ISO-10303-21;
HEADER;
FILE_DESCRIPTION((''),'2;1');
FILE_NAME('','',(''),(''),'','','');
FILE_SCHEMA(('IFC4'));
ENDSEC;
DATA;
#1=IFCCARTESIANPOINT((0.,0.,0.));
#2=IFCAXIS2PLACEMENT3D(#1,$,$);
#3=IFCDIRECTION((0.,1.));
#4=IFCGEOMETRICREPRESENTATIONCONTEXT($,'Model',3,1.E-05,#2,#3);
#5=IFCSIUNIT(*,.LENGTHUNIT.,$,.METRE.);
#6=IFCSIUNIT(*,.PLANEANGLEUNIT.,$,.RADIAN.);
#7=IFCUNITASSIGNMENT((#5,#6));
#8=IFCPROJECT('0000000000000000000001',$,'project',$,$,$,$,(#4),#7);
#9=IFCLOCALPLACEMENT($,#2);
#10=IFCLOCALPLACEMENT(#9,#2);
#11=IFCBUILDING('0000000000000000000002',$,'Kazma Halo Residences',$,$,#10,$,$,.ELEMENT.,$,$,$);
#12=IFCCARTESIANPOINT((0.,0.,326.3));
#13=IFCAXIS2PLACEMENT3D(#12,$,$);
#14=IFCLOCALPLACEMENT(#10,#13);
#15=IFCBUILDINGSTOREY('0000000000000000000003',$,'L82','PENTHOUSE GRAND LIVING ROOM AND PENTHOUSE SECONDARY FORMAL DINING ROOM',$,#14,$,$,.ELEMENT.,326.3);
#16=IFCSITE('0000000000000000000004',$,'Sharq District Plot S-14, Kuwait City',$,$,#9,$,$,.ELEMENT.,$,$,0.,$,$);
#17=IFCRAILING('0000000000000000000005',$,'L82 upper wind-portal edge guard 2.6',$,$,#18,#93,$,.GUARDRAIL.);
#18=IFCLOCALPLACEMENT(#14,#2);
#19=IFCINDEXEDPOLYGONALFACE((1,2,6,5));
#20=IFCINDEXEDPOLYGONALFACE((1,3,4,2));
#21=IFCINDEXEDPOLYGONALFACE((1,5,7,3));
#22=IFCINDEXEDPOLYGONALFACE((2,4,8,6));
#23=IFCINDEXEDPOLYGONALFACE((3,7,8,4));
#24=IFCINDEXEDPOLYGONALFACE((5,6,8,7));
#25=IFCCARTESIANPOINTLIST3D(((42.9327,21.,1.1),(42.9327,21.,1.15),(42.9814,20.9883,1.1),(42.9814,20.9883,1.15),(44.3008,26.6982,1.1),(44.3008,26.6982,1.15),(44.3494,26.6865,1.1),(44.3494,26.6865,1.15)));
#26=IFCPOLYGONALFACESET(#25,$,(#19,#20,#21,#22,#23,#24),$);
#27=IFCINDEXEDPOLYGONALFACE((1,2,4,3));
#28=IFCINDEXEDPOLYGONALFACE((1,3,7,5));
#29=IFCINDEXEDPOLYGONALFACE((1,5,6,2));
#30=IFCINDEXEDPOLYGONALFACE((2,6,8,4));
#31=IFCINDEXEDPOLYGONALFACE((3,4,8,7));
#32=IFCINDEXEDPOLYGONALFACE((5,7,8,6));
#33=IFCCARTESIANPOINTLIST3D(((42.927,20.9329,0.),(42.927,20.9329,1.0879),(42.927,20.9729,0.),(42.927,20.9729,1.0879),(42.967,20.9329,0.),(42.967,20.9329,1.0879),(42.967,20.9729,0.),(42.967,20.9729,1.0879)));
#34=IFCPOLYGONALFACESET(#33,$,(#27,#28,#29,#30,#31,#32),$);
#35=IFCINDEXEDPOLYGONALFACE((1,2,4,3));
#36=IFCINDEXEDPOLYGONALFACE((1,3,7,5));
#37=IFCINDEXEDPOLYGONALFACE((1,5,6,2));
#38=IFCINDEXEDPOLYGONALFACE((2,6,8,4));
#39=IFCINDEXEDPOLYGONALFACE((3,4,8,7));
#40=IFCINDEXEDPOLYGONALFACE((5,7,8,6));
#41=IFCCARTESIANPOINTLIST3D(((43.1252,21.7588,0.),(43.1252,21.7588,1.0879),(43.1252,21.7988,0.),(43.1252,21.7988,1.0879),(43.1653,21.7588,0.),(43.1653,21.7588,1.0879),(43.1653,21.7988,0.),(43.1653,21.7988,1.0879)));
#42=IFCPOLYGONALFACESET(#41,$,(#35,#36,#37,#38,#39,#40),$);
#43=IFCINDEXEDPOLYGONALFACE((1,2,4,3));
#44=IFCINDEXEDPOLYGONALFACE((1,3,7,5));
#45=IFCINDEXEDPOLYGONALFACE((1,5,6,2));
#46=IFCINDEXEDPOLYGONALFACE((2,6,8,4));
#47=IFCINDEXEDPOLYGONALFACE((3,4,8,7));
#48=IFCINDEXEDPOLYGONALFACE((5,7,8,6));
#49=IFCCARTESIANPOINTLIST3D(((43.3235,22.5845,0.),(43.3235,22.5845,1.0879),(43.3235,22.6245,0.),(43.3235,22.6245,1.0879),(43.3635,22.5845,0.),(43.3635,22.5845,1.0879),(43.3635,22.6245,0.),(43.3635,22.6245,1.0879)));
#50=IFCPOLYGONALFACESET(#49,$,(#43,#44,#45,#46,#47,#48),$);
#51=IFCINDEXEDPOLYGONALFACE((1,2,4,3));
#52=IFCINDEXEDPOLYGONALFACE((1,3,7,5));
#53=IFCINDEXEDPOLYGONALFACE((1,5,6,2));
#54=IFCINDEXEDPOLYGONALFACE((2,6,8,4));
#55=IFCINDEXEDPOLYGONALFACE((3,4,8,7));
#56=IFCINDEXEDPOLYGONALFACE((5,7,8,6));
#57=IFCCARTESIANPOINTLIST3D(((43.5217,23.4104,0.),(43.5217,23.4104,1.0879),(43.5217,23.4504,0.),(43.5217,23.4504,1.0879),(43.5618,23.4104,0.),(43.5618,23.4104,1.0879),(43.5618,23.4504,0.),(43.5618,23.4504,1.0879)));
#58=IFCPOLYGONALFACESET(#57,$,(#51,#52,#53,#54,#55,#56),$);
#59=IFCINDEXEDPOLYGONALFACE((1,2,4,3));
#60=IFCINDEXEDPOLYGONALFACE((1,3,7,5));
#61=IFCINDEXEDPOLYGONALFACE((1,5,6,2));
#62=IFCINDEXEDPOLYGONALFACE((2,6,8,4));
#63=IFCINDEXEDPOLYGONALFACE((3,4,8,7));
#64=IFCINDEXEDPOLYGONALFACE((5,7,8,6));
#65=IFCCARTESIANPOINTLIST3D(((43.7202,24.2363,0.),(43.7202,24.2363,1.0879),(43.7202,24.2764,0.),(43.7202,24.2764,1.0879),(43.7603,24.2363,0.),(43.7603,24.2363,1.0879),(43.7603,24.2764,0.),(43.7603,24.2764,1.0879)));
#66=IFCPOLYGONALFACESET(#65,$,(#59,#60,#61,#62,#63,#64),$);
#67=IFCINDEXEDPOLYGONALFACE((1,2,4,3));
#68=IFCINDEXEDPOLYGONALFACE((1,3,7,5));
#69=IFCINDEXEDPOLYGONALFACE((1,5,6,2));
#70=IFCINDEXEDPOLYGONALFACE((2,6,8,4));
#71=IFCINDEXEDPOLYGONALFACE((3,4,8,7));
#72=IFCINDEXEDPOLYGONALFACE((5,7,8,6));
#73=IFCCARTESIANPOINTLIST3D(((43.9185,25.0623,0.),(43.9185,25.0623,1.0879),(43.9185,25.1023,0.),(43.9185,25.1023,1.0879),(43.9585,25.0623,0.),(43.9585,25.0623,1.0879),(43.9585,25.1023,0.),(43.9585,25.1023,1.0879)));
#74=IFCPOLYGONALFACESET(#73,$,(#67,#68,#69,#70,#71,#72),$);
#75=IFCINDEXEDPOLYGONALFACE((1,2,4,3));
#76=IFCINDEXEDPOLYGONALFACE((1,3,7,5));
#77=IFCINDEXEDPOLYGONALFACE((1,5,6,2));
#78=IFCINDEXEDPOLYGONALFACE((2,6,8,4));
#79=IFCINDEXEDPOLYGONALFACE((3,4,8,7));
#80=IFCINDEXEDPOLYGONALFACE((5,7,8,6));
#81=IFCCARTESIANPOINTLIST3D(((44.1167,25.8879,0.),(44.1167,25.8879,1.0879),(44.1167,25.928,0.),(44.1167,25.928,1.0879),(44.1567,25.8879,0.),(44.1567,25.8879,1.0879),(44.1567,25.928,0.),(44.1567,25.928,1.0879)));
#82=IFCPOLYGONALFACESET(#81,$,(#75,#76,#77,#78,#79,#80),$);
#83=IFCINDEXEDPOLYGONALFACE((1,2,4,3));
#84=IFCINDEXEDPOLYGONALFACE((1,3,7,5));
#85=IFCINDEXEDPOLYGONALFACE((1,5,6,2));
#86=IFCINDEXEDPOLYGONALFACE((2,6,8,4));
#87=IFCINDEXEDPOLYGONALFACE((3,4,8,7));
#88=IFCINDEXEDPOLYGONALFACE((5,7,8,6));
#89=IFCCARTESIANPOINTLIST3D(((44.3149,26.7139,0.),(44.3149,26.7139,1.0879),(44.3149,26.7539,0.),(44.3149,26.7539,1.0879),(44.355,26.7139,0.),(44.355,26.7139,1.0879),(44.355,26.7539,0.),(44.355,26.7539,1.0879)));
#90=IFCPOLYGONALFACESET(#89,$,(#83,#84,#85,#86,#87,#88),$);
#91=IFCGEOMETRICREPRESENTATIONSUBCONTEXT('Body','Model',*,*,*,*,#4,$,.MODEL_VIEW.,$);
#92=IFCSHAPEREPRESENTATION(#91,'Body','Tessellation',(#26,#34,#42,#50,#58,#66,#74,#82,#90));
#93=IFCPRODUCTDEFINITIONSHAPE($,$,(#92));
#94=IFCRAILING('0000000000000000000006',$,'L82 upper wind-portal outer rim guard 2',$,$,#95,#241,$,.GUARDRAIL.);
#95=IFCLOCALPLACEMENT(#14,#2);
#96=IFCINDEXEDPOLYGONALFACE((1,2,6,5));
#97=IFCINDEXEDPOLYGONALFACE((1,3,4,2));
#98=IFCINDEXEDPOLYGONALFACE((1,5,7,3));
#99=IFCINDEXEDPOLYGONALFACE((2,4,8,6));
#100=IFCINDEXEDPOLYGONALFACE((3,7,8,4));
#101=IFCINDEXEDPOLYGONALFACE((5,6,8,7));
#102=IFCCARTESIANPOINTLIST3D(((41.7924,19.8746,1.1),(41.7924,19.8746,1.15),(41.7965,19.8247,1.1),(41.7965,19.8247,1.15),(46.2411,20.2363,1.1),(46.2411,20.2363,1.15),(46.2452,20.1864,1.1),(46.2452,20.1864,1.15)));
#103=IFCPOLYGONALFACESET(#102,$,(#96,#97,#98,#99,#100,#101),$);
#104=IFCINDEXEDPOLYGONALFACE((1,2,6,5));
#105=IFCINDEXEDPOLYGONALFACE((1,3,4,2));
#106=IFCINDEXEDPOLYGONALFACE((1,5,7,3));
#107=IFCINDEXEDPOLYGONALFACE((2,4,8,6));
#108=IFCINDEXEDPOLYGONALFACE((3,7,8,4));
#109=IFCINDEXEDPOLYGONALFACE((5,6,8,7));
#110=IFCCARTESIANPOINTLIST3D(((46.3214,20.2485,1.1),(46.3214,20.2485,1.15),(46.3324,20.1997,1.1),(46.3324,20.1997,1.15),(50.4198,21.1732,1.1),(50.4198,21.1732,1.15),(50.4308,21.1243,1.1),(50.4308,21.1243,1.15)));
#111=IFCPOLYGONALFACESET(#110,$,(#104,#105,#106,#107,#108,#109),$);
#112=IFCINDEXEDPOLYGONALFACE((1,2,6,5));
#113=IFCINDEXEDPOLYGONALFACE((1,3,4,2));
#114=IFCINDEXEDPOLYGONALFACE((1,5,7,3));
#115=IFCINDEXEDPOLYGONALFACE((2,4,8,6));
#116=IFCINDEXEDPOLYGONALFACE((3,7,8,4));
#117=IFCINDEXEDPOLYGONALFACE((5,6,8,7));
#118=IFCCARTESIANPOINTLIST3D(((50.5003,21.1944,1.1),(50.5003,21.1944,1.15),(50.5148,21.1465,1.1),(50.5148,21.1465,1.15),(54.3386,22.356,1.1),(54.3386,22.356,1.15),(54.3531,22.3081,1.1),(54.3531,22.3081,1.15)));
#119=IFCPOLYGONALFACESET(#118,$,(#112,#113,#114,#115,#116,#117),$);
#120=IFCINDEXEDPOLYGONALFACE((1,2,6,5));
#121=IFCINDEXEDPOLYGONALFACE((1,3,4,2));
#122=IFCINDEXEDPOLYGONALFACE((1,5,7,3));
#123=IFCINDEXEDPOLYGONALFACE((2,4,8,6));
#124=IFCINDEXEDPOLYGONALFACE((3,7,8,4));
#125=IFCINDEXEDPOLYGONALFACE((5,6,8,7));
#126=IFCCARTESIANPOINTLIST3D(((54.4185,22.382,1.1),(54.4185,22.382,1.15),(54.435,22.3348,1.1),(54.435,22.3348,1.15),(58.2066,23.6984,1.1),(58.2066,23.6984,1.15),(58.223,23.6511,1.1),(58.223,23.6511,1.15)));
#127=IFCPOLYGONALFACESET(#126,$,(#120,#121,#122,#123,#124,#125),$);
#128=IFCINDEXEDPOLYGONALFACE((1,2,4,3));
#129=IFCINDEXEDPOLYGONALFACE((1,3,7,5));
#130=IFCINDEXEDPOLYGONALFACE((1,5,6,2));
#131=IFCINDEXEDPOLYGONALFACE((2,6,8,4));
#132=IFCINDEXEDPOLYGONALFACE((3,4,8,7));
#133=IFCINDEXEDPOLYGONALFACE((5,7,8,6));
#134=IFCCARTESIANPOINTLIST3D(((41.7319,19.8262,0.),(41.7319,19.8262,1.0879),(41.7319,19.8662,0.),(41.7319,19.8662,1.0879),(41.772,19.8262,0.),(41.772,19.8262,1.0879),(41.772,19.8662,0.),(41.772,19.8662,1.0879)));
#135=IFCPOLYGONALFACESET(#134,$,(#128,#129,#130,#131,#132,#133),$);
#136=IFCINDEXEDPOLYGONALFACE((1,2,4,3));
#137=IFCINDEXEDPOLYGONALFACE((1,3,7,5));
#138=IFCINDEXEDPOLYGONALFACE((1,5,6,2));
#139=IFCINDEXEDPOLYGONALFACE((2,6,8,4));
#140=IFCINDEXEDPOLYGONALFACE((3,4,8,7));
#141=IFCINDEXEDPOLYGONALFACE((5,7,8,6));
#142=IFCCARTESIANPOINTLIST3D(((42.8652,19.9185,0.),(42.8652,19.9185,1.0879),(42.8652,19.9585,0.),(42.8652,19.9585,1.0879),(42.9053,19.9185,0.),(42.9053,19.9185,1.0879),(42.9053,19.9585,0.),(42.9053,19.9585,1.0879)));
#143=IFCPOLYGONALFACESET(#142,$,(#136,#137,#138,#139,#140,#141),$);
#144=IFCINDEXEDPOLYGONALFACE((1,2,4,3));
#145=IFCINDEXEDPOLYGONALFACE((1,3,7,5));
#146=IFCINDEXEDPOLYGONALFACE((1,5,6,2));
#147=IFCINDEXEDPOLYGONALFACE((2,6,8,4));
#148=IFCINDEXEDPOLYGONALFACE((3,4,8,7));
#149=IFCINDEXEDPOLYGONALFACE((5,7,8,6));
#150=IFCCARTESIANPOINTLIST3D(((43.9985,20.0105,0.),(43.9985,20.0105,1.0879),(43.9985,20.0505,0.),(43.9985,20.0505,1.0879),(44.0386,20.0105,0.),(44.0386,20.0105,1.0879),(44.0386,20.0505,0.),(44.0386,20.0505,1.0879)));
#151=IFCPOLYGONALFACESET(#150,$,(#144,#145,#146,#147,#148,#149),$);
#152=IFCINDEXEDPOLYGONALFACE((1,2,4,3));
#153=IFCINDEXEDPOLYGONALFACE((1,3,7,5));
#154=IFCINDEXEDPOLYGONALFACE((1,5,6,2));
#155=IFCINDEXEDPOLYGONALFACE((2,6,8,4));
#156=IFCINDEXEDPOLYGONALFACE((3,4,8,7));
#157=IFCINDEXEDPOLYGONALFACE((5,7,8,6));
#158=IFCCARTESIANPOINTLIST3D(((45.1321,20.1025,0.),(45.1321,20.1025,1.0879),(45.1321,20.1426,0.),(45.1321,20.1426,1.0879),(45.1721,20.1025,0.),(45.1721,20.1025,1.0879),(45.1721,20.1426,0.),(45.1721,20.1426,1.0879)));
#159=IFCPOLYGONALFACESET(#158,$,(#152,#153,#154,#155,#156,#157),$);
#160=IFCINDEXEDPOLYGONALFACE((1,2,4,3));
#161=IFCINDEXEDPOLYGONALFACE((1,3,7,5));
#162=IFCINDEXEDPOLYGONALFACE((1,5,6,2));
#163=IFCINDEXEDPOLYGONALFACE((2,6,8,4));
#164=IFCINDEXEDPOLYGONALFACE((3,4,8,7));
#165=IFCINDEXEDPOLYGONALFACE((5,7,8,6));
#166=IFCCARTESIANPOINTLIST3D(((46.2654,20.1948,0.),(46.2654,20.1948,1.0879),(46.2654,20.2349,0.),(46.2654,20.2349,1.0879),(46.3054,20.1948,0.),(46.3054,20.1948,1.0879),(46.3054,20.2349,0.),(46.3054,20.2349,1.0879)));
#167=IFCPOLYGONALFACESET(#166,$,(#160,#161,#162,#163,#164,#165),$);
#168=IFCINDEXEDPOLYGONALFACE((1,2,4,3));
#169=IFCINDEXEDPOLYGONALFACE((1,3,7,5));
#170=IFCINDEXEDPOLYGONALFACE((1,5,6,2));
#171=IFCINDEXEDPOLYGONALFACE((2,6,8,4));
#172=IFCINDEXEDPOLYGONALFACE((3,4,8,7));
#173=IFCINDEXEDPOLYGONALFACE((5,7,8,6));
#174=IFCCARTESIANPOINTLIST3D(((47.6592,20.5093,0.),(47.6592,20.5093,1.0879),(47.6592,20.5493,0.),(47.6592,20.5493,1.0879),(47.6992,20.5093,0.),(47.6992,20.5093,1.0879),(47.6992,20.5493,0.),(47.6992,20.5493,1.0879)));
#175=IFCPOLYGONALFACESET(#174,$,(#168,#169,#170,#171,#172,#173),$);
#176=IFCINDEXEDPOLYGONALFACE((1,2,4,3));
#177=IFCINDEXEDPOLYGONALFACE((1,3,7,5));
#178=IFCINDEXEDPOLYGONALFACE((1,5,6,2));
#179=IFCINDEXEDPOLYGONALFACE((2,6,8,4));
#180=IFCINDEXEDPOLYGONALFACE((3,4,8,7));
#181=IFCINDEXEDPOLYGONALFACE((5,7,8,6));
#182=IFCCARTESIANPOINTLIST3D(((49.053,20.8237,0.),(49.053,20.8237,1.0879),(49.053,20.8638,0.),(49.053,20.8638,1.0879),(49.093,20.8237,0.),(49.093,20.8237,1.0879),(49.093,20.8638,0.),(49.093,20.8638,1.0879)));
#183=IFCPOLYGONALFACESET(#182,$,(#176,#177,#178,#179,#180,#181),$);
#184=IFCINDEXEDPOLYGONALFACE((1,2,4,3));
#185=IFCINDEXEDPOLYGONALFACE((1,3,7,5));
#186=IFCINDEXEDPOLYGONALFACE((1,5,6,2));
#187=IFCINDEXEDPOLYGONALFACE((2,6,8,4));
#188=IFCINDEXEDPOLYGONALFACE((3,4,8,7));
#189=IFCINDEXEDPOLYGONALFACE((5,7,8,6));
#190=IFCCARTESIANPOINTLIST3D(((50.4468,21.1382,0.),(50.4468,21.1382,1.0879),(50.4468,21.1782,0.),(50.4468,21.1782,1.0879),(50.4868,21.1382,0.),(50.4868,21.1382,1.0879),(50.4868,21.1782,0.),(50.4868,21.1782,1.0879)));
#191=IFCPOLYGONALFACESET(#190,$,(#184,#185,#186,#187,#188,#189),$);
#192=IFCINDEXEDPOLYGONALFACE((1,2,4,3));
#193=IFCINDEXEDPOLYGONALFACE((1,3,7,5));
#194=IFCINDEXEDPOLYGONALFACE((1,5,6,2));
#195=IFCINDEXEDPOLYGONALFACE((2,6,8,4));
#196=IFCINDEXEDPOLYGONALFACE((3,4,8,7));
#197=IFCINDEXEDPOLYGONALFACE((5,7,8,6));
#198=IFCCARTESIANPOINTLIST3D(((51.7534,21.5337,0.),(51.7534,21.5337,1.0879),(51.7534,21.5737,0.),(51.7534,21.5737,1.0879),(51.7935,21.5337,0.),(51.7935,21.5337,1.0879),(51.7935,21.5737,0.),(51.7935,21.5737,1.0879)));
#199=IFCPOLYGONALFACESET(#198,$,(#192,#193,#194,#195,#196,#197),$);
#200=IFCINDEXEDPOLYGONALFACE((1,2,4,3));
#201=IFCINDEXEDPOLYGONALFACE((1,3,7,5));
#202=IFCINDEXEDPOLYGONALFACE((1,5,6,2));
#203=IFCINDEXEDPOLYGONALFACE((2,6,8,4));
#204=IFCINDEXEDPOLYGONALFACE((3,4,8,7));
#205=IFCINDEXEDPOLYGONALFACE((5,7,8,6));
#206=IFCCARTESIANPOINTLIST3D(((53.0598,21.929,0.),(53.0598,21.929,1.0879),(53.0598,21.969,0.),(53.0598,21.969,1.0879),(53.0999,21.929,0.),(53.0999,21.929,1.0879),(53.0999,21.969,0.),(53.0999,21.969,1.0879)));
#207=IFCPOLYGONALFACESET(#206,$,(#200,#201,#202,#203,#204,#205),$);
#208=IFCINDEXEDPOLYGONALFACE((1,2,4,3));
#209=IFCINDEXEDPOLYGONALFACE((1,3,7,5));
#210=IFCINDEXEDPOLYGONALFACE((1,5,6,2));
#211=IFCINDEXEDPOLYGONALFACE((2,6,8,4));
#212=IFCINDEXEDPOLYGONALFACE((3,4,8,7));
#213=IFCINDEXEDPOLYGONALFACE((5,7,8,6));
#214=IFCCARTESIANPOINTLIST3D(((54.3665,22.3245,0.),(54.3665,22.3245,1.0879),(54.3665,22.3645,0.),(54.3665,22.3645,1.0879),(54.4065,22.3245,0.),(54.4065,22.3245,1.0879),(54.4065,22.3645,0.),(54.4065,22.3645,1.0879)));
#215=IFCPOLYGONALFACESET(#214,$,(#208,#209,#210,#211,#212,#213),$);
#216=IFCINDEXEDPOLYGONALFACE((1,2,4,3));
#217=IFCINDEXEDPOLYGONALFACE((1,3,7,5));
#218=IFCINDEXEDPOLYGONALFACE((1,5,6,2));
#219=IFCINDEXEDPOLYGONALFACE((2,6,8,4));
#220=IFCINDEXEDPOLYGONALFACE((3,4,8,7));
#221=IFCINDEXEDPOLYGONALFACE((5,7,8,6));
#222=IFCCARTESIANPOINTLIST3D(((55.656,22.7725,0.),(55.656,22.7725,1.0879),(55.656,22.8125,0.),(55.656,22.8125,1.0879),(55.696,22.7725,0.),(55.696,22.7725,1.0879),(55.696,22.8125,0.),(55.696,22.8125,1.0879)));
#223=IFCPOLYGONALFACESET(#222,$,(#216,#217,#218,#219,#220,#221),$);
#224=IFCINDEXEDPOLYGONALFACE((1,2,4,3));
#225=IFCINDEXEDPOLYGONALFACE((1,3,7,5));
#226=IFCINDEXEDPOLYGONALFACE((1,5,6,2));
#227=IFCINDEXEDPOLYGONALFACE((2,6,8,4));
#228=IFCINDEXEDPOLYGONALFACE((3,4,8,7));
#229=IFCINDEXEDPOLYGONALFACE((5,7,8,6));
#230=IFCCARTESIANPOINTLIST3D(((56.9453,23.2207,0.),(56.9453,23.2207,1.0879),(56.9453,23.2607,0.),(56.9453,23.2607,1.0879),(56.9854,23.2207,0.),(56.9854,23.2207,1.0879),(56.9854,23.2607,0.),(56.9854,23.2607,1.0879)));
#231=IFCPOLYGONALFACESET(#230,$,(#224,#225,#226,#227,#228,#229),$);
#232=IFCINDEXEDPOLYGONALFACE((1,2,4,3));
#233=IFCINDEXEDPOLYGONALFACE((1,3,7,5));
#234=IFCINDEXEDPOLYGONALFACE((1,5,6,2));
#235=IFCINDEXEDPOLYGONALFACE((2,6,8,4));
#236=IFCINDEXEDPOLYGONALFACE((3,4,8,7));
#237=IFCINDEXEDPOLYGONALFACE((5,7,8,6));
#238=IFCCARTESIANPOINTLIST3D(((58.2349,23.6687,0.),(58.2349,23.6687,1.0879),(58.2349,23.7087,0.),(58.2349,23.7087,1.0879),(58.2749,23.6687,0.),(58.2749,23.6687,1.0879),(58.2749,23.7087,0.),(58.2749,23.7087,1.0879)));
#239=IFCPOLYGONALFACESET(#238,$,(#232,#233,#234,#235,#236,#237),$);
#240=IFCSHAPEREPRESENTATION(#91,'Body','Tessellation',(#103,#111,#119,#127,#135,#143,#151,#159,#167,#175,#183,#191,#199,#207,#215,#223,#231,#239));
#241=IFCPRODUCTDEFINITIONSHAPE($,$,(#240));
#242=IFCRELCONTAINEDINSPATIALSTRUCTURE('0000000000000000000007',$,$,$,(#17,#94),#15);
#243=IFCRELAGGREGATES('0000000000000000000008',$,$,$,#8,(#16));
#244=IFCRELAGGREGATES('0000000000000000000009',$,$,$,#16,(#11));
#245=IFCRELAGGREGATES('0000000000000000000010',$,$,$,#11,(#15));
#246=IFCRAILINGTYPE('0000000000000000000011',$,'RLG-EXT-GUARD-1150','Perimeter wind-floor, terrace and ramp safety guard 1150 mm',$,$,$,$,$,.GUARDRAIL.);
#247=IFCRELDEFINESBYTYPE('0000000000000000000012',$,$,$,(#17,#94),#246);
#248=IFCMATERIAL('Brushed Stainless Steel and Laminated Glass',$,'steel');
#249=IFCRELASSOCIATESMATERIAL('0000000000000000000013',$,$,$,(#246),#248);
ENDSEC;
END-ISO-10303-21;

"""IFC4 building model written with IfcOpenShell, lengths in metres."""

from ifc_helpers import new_model, si_unit, direction, frame, origin, origin_2d, place, context, subcontext, project, spatial, rectangle, extrude, material, type_object, element, save


model = new_model("IFC4")

# Units and contexts
model_context = context("Model", 3, precision=1e-05, world=origin(), true_north=direction((0.0, 1.0)))
body_context = subcontext(model_context, "Body", "Model", "MODEL_VIEW")
ifc_project = project(units=[si_unit("LENGTHUNIT", "METRE"), si_unit("PLANEANGLEUNIT", "RADIAN")], contexts=[model_context])

# Site, building, storey
site_placement = place(None, origin())
site = spatial("IfcSite", under=ifc_project, at=site_placement, Name="Sharq District Plot S-14, Kuwait City", CompositionType="ELEMENT", RefElevation=0.0)
building_placement = place(site_placement, origin())
building = spatial("IfcBuilding", under=site, at=building_placement, Name="Kazma Halo Residences", CompositionType="ELEMENT")
storey_placement = place(building_placement, frame((0.0, 0.0, 326.3)))
storey = spatial("IfcBuildingStorey", under=building, at=storey_placement, Name="L82", Description="PENTHOUSE GRAND LIVING ROOM AND PENTHOUSE SECONDARY FORMAL DINING ROOM", CompositionType="ELEMENT", Elevation=326.3)

# Railings
ifc_material_1 = material(Name="Brushed Stainless Steel and Laminated Glass", Category="steel")
railing_type_1 = type_object("IfcRailingType", Name="RLG-EXT-GUARD-1150", Description="Perimeter wind-floor, terrace and ramp safety guard 1150 mm", PredefinedType="GUARDRAIL", material=ifc_material_1)
railing_1_placement = place(storey_placement, frame((42.947, 20.9529, 0.0)))
element("IfcRailing", 1, at=railing_1_placement, inside=storey, type_object=railing_type_1, Name="L82 upper wind-portal edge guard 2.6", PredefinedType="GUARDRAIL", context=body_context, shape_type="SweptSolid", body=[
    extrude(rectangle(XDim=0.05, YDim=0.05, at=origin_2d()), frame((0.01, 0.0413, 1.125), z_axis=(0.233452, 0.972368, 0.0), x_axis=(-0.972368, 0.233452, 0.0)), (0.0, 0.0, 1.0), 5.8601),
    extrude(rectangle(XDim=0.04, YDim=0.04, at=origin_2d()), origin(), (0.0, 0.0, 1.0), 1.0879),
    extrude(rectangle(XDim=0.04, YDim=0.04, at=origin_2d()), frame((0.1982, 0.8259, 0.0)), (0.0, 0.0, 1.0), 1.0879),
    extrude(rectangle(XDim=0.04, YDim=0.04, at=origin_2d()), frame((0.3965, 1.6516, 0.0)), (0.0, 0.0, 1.0), 1.0879),
    extrude(rectangle(XDim=0.04, YDim=0.04, at=origin_2d()), frame((0.5947, 2.4775, 0.0)), (0.0, 0.0, 1.0), 1.0879),
    extrude(rectangle(XDim=0.04, YDim=0.04, at=origin_2d()), frame((0.7932, 3.3035, 0.0)), (0.0, 0.0, 1.0), 1.0879),
    extrude(rectangle(XDim=0.04, YDim=0.04, at=origin_2d()), frame((0.9915, 4.1294, 0.0)), (0.0, 0.0, 1.0), 1.0879),
    extrude(rectangle(XDim=0.04, YDim=0.04, at=origin_2d()), frame((1.1897, 4.9551, 0.0)), (0.0, 0.0, 1.0), 1.0879),
    extrude(rectangle(XDim=0.04, YDim=0.04, at=origin_2d()), frame((1.3879, 5.781, 0.0)), (0.0, 0.0, 1.0), 1.0879),
])
railing_2_placement = place(storey_placement, frame((41.752, 19.8462, 0.0)))
element("IfcRailing", 2, at=railing_2_placement, inside=storey, type_object=railing_type_1, Name="L82 upper wind-portal outer rim guard 2", PredefinedType="GUARDRAIL", context=body_context, shape_type="SweptSolid", body=[
    extrude(rectangle(XDim=0.05, YDim=0.05, at=origin_2d()), frame((0.0425, 0.0034, 1.125), z_axis=(0.99671, 0.081051, 0.0), x_axis=(-0.081051, 0.99671, 0.0)), (0.0, 0.0, 1.0), 4.4634),
    extrude(rectangle(XDim=0.05, YDim=0.05, at=origin_2d()), frame((4.575, 0.3779, 1.125), z_axis=(0.975482, 0.220077, 0.0), x_axis=(-0.220077, 0.975482, 0.0)), (0.0, 0.0, 1.0), 4.2014),
    extrude(rectangle(XDim=0.05, YDim=0.05, at=origin_2d()), frame((8.7556, 1.3242, 1.125), z_axis=(0.957126, 0.289671, 0.0), x_axis=(-0.289671, 0.957126, 0.0)), (0.0, 0.0, 1.0), 4.0103),
    extrude(rectangle(XDim=0.05, YDim=0.05, at=origin_2d()), frame((12.6748, 2.5122, 1.125), z_axis=(0.944595, 0.328239, 0.0), x_axis=(-0.328239, 0.944595, 0.0)), (0.0, 0.0, 1.0), 4.0103),
    extrude(rectangle(XDim=0.04, YDim=0.04, at=origin_2d()), origin(), (0.0, 0.0, 1.0), 1.0879),
    extrude(rectangle(XDim=0.04, YDim=0.04, at=origin_2d()), frame((1.1333, 0.0923, 0.0)), (0.0, 0.0, 1.0), 1.0879),
    extrude(rectangle(XDim=0.04, YDim=0.04, at=origin_2d()), frame((2.2666, 0.1843, 0.0)), (0.0, 0.0, 1.0), 1.0879),
    extrude(rectangle(XDim=0.04, YDim=0.04, at=origin_2d()), frame((3.4001, 0.2764, 0.0)), (0.0, 0.0, 1.0), 1.0879),
    extrude(rectangle(XDim=0.04, YDim=0.04, at=origin_2d()), frame((4.5334, 0.3687, 0.0)), (0.0, 0.0, 1.0), 1.0879),
    extrude(rectangle(XDim=0.04, YDim=0.04, at=origin_2d()), frame((5.9272, 0.6831, 0.0)), (0.0, 0.0, 1.0), 1.0879),
    extrude(rectangle(XDim=0.04, YDim=0.04, at=origin_2d()), frame((7.321, 0.9976, 0.0)), (0.0, 0.0, 1.0), 1.0879),
    extrude(rectangle(XDim=0.04, YDim=0.04, at=origin_2d()), frame((8.7148, 1.312, 0.0)), (0.0, 0.0, 1.0), 1.0879),
    extrude(rectangle(XDim=0.04, YDim=0.04, at=origin_2d()), frame((10.0215, 1.7075, 0.0)), (0.0, 0.0, 1.0), 1.0879),
    extrude(rectangle(XDim=0.04, YDim=0.04, at=origin_2d()), frame((11.3279, 2.1028, 0.0)), (0.0, 0.0, 1.0), 1.0879),
    extrude(rectangle(XDim=0.04, YDim=0.04, at=origin_2d()), frame((12.6345, 2.4983, 0.0)), (0.0, 0.0, 1.0), 1.0879),
    extrude(rectangle(XDim=0.04, YDim=0.04, at=origin_2d()), frame((13.9241, 2.9463, 0.0)), (0.0, 0.0, 1.0), 1.0879),
    extrude(rectangle(XDim=0.04, YDim=0.04, at=origin_2d()), frame((15.2134, 3.3945, 0.0)), (0.0, 0.0, 1.0), 1.0879),
    extrude(rectangle(XDim=0.04, YDim=0.04, at=origin_2d()), frame((16.5029, 3.8425, 0.0)), (0.0, 0.0, 1.0), 1.0879),
])

save(model, "model.ifc")
